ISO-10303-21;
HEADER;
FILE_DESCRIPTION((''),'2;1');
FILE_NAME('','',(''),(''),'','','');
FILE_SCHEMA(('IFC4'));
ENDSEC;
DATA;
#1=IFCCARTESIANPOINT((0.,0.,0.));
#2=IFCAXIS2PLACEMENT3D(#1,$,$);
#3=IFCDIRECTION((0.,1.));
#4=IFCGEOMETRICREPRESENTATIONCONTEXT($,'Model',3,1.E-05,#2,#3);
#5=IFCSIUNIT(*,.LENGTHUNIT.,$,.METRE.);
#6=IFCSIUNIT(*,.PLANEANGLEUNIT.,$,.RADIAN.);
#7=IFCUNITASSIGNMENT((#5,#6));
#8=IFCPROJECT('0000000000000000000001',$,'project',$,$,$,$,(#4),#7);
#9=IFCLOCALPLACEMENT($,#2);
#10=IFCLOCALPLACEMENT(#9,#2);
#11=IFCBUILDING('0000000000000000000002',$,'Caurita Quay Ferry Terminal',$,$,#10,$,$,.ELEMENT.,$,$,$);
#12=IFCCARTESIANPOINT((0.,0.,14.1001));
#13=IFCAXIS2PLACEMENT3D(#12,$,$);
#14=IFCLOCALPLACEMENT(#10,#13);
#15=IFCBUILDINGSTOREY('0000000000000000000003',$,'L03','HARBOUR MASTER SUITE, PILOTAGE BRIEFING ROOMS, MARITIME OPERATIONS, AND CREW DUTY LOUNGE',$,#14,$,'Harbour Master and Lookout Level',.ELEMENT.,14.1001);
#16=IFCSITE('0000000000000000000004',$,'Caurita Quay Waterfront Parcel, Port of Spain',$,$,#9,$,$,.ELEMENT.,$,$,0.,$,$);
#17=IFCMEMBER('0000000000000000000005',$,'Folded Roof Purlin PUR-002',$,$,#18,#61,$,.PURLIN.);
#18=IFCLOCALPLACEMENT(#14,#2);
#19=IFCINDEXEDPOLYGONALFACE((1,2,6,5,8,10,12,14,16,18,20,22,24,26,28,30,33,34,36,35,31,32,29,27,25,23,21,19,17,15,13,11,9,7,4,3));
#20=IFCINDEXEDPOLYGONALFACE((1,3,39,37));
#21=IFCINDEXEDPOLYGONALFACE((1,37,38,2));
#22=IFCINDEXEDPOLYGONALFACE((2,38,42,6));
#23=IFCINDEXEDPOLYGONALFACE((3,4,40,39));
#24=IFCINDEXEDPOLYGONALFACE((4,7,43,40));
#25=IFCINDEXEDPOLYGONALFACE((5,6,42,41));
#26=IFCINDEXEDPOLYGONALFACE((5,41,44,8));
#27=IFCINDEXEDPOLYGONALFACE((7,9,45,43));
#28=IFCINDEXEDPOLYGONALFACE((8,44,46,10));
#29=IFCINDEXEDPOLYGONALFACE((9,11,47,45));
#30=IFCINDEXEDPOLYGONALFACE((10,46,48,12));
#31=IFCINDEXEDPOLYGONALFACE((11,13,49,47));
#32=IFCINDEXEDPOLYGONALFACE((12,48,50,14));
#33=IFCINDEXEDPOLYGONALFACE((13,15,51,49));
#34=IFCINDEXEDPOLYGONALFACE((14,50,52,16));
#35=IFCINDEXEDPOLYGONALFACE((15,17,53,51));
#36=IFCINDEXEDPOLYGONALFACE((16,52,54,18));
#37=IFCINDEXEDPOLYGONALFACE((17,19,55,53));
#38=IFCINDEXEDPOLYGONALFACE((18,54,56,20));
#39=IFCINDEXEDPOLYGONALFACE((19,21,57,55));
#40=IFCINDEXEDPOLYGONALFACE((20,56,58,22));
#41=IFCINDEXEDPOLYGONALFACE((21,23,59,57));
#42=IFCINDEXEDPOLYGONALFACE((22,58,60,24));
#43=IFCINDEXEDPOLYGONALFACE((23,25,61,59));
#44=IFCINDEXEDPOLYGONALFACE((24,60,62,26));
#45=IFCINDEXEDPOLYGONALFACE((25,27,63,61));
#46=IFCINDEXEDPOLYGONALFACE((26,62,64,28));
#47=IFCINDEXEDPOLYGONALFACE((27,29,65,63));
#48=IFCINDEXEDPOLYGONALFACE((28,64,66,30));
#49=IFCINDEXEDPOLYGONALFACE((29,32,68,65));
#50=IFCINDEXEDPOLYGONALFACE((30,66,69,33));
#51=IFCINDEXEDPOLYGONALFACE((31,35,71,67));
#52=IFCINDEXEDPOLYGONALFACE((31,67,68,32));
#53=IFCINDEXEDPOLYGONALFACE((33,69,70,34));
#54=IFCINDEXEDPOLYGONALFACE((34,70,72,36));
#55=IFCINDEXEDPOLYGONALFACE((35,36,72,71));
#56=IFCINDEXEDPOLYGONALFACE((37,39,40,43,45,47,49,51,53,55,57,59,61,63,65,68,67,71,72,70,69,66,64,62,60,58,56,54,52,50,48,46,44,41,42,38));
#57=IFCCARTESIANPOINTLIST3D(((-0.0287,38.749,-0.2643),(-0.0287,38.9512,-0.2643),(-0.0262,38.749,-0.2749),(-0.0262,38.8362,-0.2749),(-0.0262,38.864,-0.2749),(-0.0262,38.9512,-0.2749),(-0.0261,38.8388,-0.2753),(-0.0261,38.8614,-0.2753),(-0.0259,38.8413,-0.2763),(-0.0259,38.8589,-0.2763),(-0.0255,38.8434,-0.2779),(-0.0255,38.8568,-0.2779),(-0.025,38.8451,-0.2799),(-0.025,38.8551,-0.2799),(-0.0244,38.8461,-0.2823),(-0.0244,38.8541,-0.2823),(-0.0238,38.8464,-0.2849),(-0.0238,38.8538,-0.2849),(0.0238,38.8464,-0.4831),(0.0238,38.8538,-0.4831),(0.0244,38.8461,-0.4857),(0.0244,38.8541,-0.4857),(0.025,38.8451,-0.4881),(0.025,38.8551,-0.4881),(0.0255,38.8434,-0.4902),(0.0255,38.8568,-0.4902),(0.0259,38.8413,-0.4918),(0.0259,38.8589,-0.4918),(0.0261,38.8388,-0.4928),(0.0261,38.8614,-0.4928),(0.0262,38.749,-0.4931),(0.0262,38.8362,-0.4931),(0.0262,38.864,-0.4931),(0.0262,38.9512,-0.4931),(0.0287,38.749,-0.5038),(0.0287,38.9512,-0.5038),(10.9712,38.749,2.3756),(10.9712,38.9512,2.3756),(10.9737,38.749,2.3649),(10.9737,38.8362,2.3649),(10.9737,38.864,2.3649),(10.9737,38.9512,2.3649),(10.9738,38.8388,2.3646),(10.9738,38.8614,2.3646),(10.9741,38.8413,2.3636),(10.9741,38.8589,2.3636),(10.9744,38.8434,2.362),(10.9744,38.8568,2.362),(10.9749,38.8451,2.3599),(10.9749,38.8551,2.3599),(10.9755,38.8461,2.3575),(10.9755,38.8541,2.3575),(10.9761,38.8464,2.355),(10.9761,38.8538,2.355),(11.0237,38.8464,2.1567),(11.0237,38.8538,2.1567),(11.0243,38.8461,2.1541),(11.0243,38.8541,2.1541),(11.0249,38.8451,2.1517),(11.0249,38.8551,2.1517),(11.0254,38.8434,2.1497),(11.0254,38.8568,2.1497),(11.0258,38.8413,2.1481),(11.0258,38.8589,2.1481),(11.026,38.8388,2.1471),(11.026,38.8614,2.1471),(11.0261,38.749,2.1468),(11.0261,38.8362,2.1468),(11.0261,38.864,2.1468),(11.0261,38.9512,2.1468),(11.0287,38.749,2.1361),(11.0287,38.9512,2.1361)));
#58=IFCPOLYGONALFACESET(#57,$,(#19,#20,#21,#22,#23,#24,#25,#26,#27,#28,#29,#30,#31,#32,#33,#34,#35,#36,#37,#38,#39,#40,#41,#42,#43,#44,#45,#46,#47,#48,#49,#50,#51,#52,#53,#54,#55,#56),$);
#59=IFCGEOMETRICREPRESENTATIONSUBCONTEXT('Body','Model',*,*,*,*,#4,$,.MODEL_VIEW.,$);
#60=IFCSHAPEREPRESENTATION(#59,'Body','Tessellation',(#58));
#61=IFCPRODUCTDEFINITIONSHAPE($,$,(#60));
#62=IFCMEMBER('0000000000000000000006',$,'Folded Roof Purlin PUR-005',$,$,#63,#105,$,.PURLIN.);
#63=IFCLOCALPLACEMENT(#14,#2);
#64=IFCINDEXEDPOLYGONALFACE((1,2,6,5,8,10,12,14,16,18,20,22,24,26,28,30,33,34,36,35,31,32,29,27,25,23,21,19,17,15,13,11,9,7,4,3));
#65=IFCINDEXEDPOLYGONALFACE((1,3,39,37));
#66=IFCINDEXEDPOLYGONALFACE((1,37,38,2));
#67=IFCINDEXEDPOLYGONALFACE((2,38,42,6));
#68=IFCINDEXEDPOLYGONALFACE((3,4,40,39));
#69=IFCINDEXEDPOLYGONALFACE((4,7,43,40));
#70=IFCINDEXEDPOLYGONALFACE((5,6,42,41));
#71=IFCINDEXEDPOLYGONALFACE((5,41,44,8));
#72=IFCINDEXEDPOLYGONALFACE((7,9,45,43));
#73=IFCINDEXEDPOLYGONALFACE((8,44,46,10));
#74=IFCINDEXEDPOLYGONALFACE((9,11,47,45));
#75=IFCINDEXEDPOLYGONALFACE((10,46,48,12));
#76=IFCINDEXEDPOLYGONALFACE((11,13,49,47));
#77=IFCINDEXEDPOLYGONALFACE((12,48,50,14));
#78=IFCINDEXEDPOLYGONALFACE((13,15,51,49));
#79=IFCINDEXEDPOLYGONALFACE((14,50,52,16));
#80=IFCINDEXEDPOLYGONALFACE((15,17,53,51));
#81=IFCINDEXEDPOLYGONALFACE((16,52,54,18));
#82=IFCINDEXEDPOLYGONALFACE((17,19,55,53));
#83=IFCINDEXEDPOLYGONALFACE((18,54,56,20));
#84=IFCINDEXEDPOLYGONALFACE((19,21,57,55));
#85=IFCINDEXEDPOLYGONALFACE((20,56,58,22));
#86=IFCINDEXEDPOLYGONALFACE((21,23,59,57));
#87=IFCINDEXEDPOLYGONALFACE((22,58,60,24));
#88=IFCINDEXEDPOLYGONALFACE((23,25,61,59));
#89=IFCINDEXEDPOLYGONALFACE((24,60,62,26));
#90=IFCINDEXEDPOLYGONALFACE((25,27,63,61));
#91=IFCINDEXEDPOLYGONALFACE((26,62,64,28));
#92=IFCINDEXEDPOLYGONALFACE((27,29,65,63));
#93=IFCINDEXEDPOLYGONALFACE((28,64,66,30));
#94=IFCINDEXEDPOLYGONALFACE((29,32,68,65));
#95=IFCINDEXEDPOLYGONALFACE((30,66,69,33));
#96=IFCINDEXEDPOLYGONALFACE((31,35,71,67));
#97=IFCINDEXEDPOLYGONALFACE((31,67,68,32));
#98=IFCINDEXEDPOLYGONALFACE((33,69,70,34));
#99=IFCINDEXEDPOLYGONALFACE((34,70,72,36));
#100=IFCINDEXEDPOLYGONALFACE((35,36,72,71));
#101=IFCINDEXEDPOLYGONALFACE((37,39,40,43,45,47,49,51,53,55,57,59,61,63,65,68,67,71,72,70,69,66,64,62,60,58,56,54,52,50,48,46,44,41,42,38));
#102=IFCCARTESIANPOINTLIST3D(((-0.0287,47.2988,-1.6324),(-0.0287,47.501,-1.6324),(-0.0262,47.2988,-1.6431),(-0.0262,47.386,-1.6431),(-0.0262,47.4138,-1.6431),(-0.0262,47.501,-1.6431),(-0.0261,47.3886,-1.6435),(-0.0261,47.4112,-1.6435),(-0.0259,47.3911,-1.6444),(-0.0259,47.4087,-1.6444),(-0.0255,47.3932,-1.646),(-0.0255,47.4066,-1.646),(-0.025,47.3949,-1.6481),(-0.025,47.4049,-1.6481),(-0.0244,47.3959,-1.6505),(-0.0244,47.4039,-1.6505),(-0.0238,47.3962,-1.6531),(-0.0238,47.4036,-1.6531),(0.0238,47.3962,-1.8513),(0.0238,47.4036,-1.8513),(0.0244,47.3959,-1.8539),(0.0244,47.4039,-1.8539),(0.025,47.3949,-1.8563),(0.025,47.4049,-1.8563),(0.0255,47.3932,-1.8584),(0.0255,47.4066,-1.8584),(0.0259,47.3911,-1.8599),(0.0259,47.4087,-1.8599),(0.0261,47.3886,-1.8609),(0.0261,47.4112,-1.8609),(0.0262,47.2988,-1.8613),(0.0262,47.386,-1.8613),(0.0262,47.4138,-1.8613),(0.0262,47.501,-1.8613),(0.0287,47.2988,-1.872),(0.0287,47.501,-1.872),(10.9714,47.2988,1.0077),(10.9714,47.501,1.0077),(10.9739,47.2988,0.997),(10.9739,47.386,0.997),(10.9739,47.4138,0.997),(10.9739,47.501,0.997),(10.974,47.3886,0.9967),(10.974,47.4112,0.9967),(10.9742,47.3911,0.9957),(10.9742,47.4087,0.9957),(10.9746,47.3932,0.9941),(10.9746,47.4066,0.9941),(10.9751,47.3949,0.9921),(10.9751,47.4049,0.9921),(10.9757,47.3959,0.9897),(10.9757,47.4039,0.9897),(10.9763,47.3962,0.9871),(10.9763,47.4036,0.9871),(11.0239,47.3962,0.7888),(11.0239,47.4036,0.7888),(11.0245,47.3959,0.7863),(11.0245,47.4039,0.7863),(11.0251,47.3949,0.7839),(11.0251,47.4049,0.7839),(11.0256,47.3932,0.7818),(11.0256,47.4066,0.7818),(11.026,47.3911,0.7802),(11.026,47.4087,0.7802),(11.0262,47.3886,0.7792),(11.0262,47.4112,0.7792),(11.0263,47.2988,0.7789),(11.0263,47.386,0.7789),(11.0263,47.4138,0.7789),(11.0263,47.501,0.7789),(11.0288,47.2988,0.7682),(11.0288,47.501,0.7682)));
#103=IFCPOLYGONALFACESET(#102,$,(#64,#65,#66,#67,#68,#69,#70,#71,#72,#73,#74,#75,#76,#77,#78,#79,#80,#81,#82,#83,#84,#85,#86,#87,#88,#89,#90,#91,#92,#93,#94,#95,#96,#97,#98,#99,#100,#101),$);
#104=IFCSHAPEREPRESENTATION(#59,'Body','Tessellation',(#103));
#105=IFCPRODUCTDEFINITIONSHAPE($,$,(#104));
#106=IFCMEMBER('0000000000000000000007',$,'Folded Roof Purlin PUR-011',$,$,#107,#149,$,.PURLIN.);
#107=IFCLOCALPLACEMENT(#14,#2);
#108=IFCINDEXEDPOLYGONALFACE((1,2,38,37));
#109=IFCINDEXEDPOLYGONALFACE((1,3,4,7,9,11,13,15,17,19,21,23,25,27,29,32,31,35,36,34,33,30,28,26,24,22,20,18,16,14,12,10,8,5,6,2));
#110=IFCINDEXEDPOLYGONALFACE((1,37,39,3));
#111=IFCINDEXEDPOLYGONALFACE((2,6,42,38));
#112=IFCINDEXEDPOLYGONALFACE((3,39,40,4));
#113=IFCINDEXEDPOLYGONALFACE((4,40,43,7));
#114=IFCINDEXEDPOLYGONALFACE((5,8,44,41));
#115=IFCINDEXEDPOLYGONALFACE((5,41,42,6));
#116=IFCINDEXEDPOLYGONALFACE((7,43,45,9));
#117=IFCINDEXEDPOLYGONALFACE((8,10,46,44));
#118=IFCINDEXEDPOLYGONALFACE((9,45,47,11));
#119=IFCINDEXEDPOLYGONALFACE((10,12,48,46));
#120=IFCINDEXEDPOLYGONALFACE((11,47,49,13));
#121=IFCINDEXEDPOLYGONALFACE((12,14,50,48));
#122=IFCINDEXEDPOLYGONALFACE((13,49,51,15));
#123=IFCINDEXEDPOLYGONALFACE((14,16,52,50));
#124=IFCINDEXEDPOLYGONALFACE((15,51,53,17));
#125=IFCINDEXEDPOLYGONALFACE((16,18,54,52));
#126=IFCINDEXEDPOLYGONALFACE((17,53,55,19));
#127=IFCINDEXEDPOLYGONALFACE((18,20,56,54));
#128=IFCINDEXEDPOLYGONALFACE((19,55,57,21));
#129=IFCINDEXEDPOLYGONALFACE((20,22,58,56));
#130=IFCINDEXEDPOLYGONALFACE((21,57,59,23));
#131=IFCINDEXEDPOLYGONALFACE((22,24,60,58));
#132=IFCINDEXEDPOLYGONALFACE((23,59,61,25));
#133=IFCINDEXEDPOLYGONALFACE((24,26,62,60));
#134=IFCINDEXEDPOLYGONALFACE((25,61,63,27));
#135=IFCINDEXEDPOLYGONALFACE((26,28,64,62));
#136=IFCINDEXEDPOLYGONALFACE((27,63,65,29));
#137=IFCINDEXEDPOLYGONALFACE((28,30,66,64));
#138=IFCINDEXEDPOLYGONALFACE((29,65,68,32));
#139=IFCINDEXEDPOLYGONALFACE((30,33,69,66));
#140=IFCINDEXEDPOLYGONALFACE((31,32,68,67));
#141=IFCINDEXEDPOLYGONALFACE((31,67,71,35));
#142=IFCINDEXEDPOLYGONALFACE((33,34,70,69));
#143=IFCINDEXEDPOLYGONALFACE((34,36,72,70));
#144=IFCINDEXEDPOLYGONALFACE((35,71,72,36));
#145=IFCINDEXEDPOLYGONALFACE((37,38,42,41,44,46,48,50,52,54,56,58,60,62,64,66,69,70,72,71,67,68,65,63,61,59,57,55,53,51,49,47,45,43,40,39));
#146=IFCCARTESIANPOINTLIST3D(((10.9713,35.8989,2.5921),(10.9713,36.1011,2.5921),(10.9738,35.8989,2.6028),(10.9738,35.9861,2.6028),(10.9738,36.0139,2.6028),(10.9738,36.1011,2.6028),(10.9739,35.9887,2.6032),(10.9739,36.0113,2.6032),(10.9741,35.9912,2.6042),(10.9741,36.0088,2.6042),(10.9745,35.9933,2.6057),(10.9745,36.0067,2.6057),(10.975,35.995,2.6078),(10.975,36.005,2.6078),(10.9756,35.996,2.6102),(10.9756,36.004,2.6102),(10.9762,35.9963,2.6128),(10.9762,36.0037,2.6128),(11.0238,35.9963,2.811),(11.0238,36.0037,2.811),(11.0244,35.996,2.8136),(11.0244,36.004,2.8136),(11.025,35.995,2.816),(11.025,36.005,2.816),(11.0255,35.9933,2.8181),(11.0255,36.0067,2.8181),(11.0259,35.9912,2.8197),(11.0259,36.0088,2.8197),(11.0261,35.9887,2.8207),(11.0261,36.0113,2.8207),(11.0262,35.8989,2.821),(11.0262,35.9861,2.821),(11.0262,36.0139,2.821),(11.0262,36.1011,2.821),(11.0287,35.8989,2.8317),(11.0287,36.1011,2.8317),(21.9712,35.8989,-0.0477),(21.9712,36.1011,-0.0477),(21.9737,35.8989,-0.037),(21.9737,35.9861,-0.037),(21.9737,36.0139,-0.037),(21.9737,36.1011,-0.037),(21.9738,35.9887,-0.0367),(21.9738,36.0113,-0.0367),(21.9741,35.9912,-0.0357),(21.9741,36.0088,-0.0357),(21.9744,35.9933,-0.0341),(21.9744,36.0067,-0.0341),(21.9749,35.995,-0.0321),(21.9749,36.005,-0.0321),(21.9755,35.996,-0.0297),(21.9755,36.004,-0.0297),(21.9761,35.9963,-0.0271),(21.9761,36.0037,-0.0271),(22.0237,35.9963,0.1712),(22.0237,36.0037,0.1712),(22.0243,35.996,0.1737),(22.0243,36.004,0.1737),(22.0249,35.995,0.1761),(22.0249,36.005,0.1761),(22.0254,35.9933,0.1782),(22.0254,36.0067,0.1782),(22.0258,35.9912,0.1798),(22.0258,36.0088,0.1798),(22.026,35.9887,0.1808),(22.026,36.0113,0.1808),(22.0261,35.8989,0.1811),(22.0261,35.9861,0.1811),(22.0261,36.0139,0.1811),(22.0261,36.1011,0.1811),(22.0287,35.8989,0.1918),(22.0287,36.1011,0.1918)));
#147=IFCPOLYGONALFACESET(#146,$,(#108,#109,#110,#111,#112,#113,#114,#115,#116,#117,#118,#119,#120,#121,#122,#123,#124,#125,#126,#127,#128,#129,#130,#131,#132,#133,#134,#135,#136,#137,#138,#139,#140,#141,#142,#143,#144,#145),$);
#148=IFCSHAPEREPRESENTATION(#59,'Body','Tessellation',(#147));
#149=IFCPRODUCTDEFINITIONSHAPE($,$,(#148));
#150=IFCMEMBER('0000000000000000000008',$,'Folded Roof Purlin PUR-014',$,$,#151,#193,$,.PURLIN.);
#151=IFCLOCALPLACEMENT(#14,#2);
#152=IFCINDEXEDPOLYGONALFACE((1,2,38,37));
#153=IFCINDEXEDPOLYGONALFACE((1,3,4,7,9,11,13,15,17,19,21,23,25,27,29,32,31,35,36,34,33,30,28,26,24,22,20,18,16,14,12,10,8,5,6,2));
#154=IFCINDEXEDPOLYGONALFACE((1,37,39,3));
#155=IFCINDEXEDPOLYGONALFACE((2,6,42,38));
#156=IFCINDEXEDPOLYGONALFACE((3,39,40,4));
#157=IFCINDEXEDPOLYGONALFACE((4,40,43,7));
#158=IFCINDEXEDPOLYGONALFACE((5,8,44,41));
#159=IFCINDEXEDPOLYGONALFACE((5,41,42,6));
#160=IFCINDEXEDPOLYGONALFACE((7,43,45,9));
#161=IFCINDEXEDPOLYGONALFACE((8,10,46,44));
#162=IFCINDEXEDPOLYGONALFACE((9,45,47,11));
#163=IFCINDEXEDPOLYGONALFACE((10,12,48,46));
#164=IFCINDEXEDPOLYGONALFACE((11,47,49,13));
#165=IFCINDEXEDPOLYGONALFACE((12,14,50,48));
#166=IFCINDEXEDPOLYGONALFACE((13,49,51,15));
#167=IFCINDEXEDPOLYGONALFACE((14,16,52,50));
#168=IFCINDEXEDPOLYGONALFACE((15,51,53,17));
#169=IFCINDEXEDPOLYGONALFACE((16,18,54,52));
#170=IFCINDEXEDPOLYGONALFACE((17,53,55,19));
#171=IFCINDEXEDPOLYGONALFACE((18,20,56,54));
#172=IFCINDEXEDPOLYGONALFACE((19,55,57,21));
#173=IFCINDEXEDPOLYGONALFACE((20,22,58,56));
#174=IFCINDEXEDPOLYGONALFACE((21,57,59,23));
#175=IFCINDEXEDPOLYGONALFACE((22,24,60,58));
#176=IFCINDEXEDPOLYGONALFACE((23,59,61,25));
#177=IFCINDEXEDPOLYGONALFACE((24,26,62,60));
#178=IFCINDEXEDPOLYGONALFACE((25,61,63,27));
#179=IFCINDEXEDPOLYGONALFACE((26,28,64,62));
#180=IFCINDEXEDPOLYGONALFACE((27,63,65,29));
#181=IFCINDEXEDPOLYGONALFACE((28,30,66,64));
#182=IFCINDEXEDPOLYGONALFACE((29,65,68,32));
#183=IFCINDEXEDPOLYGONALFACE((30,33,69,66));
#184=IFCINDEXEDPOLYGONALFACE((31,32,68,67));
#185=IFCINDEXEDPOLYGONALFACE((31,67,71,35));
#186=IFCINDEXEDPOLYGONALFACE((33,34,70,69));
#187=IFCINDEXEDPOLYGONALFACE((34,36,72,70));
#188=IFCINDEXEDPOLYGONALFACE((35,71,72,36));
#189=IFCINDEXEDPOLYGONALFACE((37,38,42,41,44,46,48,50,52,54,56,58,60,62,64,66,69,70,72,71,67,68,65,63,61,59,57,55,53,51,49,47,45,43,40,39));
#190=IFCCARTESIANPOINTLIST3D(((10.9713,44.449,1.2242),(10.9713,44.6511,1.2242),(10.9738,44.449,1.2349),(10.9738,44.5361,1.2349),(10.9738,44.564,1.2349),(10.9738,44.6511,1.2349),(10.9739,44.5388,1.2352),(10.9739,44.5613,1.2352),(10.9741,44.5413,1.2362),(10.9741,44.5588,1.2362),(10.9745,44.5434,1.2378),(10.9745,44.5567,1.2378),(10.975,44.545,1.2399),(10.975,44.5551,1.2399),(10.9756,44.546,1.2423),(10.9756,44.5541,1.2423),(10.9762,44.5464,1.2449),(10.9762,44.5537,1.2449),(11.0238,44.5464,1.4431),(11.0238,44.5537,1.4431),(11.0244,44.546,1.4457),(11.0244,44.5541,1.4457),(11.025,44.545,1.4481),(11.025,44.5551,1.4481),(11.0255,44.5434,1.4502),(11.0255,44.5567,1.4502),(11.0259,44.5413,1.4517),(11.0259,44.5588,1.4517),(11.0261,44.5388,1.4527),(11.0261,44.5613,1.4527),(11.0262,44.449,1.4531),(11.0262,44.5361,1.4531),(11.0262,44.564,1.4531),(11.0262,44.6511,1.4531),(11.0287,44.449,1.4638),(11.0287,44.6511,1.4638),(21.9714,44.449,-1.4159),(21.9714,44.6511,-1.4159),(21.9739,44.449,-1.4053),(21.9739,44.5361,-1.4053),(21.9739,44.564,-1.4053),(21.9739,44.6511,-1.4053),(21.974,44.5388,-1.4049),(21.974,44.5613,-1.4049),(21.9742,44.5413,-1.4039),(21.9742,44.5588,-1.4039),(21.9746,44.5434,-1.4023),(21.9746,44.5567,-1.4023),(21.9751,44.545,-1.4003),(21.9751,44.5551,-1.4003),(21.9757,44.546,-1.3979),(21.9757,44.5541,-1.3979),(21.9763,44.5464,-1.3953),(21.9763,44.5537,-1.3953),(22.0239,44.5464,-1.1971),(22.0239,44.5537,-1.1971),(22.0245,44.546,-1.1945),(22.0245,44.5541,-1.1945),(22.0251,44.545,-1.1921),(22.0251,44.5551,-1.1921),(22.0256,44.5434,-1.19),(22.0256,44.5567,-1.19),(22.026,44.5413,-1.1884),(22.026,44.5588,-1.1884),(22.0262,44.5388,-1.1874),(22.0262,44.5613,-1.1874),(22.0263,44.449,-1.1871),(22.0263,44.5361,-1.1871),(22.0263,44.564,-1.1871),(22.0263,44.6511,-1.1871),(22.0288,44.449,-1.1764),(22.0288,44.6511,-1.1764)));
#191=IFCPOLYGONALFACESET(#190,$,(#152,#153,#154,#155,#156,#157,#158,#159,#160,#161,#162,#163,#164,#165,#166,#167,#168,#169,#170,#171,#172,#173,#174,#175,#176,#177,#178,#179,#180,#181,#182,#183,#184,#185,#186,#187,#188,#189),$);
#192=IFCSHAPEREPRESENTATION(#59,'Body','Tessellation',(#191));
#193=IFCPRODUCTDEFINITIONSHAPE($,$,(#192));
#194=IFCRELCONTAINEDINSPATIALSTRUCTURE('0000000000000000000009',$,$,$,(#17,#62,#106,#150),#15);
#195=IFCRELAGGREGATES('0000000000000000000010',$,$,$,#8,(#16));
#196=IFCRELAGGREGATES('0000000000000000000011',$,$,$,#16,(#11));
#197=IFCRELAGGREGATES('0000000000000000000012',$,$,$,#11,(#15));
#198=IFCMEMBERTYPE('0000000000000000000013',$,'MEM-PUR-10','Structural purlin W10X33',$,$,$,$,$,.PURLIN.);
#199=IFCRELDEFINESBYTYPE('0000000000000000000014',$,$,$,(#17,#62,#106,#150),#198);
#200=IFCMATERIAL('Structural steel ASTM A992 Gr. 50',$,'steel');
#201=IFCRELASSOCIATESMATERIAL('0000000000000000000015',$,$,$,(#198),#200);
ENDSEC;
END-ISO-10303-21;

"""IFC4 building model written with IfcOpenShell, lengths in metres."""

from ifc_helpers import new_model, si_unit, direction, frame, origin, origin_2d, place, context, subcontext, project, spatial, i_section, extrude, material, material_profile, profile_set, type_object, element, save


model = new_model("IFC4")

# Units and contexts
model_context = context("Model", 3, precision=1e-05, world=origin(), true_north=direction((0.0, 1.0)))
body_context = subcontext(model_context, "Body", "Model", "MODEL_VIEW")
ifc_project = project(units=[si_unit("LENGTHUNIT", "METRE"), si_unit("PLANEANGLEUNIT", "RADIAN")], contexts=[model_context])

# Site, building, storey
site_placement = place(None, origin())
site = spatial("IfcSite", under=ifc_project, at=site_placement, Name="Caurita Quay Waterfront Parcel, Port of Spain", CompositionType="ELEMENT", RefElevation=0.0)
building_placement = place(site_placement, origin())
building = spatial("IfcBuilding", under=site, at=building_placement, Name="Caurita Quay Ferry Terminal", CompositionType="ELEMENT")
storey_placement = place(building_placement, frame((0.0, 0.0, 14.1001)))
storey = spatial("IfcBuildingStorey", under=building, at=storey_placement, Name="L03", Description="HARBOUR MASTER SUITE, PILOTAGE BRIEFING ROOMS, MARITIME OPERATIONS, AND CREW DUTY LOUNGE", LongName="Harbour Master and Lookout Level", CompositionType="ELEMENT", Elevation=14.1001)

# Shared definitions
ifc_material_1 = material(Name="Structural steel ASTM A992 Gr. 50", Category="steel")

# Members
ifc_material_profile_1 = material_profile(ifc_material_1, i_section(OverallWidth=0.2021, OverallDepth=0.2463, WebThickness=0.0073, FlangeThickness=0.011, FilletRadius=0.0103, at=origin_2d()), Name="W10X33")
ifc_profile_set_1 = profile_set([ifc_material_profile_1], Name="Structural steel ASTM A992 Gr. 50")
member_type_1 = type_object("IfcMemberType", Name="MEM-PUR-10", Description="Structural purlin W10X33", PredefinedType="PURLIN", material=ifc_profile_set_1)
member_1_placement = place(storey_placement, frame((0.0, 38.8501, -0.384), z_axis=(0.972389, 0.0, 0.233364), x_axis=(0.0, 1.0, 0.0)))
element("IfcMember", 1, at=member_1_placement, inside=storey, type_object=member_type_1, Name="Folded Roof Purlin PUR-002", PredefinedType="PURLIN", context=body_context, shape_type="SweptSolid", body=[
    extrude(i_section(OverallWidth=0.2021, OverallDepth=0.2463, WebThickness=0.0073, FlangeThickness=0.011, FilletRadius=0.0103, at=origin_2d()), origin(), (0.0, 0.0, 1.0), 11.3123),
])
member_2_placement = place(storey_placement, frame((0.0, 47.3999, -1.7522), z_axis=(0.972385, 0.0, 0.233384), x_axis=(0.0, 1.0, 0.0)))
element("IfcMember", 2, at=member_2_placement, inside=storey, type_object=member_type_1, Name="Folded Roof Purlin PUR-005", PredefinedType="PURLIN", context=body_context, shape_type="SweptSolid", body=[
    extrude(i_section(OverallWidth=0.2021, OverallDepth=0.2463, WebThickness=0.0073, FlangeThickness=0.011, FilletRadius=0.0103, at=origin_2d()), origin(), (0.0, 0.0, 1.0), 11.3125),
])
member_3_placement = place(storey_placement, frame((11.0, 36.0, 2.7119), z_axis=(0.972389, 0.0, -0.233364), x_axis=(0.0, 1.0, 0.0)))
element("IfcMember", 3, at=member_3_placement, inside=storey, type_object=member_type_1, Name="Folded Roof Purlin PUR-011", PredefinedType="PURLIN", context=body_context, shape_type="SweptSolid", body=[
    extrude(i_section(OverallWidth=0.2021, OverallDepth=0.2463, WebThickness=0.0073, FlangeThickness=0.011, FilletRadius=0.0103, at=origin_2d()), origin(), (0.0, 0.0, 1.0), 11.3123),
])
member_4_placement = place(storey_placement, frame((11.0, 44.55, 1.344), z_axis=(0.972385, 0.0, -0.233384), x_axis=(0.0, 1.0, 0.0)))
element("IfcMember", 4, at=member_4_placement, inside=storey, type_object=member_type_1, Name="Folded Roof Purlin PUR-014", PredefinedType="PURLIN", context=body_context, shape_type="SweptSolid", body=[
    extrude(i_section(OverallWidth=0.2021, OverallDepth=0.2463, WebThickness=0.0073, FlangeThickness=0.011, FilletRadius=0.0103, at=origin_2d()), origin(), (0.0, 0.0, 1.0), 11.3125),
])

save(model, "model.ifc")
